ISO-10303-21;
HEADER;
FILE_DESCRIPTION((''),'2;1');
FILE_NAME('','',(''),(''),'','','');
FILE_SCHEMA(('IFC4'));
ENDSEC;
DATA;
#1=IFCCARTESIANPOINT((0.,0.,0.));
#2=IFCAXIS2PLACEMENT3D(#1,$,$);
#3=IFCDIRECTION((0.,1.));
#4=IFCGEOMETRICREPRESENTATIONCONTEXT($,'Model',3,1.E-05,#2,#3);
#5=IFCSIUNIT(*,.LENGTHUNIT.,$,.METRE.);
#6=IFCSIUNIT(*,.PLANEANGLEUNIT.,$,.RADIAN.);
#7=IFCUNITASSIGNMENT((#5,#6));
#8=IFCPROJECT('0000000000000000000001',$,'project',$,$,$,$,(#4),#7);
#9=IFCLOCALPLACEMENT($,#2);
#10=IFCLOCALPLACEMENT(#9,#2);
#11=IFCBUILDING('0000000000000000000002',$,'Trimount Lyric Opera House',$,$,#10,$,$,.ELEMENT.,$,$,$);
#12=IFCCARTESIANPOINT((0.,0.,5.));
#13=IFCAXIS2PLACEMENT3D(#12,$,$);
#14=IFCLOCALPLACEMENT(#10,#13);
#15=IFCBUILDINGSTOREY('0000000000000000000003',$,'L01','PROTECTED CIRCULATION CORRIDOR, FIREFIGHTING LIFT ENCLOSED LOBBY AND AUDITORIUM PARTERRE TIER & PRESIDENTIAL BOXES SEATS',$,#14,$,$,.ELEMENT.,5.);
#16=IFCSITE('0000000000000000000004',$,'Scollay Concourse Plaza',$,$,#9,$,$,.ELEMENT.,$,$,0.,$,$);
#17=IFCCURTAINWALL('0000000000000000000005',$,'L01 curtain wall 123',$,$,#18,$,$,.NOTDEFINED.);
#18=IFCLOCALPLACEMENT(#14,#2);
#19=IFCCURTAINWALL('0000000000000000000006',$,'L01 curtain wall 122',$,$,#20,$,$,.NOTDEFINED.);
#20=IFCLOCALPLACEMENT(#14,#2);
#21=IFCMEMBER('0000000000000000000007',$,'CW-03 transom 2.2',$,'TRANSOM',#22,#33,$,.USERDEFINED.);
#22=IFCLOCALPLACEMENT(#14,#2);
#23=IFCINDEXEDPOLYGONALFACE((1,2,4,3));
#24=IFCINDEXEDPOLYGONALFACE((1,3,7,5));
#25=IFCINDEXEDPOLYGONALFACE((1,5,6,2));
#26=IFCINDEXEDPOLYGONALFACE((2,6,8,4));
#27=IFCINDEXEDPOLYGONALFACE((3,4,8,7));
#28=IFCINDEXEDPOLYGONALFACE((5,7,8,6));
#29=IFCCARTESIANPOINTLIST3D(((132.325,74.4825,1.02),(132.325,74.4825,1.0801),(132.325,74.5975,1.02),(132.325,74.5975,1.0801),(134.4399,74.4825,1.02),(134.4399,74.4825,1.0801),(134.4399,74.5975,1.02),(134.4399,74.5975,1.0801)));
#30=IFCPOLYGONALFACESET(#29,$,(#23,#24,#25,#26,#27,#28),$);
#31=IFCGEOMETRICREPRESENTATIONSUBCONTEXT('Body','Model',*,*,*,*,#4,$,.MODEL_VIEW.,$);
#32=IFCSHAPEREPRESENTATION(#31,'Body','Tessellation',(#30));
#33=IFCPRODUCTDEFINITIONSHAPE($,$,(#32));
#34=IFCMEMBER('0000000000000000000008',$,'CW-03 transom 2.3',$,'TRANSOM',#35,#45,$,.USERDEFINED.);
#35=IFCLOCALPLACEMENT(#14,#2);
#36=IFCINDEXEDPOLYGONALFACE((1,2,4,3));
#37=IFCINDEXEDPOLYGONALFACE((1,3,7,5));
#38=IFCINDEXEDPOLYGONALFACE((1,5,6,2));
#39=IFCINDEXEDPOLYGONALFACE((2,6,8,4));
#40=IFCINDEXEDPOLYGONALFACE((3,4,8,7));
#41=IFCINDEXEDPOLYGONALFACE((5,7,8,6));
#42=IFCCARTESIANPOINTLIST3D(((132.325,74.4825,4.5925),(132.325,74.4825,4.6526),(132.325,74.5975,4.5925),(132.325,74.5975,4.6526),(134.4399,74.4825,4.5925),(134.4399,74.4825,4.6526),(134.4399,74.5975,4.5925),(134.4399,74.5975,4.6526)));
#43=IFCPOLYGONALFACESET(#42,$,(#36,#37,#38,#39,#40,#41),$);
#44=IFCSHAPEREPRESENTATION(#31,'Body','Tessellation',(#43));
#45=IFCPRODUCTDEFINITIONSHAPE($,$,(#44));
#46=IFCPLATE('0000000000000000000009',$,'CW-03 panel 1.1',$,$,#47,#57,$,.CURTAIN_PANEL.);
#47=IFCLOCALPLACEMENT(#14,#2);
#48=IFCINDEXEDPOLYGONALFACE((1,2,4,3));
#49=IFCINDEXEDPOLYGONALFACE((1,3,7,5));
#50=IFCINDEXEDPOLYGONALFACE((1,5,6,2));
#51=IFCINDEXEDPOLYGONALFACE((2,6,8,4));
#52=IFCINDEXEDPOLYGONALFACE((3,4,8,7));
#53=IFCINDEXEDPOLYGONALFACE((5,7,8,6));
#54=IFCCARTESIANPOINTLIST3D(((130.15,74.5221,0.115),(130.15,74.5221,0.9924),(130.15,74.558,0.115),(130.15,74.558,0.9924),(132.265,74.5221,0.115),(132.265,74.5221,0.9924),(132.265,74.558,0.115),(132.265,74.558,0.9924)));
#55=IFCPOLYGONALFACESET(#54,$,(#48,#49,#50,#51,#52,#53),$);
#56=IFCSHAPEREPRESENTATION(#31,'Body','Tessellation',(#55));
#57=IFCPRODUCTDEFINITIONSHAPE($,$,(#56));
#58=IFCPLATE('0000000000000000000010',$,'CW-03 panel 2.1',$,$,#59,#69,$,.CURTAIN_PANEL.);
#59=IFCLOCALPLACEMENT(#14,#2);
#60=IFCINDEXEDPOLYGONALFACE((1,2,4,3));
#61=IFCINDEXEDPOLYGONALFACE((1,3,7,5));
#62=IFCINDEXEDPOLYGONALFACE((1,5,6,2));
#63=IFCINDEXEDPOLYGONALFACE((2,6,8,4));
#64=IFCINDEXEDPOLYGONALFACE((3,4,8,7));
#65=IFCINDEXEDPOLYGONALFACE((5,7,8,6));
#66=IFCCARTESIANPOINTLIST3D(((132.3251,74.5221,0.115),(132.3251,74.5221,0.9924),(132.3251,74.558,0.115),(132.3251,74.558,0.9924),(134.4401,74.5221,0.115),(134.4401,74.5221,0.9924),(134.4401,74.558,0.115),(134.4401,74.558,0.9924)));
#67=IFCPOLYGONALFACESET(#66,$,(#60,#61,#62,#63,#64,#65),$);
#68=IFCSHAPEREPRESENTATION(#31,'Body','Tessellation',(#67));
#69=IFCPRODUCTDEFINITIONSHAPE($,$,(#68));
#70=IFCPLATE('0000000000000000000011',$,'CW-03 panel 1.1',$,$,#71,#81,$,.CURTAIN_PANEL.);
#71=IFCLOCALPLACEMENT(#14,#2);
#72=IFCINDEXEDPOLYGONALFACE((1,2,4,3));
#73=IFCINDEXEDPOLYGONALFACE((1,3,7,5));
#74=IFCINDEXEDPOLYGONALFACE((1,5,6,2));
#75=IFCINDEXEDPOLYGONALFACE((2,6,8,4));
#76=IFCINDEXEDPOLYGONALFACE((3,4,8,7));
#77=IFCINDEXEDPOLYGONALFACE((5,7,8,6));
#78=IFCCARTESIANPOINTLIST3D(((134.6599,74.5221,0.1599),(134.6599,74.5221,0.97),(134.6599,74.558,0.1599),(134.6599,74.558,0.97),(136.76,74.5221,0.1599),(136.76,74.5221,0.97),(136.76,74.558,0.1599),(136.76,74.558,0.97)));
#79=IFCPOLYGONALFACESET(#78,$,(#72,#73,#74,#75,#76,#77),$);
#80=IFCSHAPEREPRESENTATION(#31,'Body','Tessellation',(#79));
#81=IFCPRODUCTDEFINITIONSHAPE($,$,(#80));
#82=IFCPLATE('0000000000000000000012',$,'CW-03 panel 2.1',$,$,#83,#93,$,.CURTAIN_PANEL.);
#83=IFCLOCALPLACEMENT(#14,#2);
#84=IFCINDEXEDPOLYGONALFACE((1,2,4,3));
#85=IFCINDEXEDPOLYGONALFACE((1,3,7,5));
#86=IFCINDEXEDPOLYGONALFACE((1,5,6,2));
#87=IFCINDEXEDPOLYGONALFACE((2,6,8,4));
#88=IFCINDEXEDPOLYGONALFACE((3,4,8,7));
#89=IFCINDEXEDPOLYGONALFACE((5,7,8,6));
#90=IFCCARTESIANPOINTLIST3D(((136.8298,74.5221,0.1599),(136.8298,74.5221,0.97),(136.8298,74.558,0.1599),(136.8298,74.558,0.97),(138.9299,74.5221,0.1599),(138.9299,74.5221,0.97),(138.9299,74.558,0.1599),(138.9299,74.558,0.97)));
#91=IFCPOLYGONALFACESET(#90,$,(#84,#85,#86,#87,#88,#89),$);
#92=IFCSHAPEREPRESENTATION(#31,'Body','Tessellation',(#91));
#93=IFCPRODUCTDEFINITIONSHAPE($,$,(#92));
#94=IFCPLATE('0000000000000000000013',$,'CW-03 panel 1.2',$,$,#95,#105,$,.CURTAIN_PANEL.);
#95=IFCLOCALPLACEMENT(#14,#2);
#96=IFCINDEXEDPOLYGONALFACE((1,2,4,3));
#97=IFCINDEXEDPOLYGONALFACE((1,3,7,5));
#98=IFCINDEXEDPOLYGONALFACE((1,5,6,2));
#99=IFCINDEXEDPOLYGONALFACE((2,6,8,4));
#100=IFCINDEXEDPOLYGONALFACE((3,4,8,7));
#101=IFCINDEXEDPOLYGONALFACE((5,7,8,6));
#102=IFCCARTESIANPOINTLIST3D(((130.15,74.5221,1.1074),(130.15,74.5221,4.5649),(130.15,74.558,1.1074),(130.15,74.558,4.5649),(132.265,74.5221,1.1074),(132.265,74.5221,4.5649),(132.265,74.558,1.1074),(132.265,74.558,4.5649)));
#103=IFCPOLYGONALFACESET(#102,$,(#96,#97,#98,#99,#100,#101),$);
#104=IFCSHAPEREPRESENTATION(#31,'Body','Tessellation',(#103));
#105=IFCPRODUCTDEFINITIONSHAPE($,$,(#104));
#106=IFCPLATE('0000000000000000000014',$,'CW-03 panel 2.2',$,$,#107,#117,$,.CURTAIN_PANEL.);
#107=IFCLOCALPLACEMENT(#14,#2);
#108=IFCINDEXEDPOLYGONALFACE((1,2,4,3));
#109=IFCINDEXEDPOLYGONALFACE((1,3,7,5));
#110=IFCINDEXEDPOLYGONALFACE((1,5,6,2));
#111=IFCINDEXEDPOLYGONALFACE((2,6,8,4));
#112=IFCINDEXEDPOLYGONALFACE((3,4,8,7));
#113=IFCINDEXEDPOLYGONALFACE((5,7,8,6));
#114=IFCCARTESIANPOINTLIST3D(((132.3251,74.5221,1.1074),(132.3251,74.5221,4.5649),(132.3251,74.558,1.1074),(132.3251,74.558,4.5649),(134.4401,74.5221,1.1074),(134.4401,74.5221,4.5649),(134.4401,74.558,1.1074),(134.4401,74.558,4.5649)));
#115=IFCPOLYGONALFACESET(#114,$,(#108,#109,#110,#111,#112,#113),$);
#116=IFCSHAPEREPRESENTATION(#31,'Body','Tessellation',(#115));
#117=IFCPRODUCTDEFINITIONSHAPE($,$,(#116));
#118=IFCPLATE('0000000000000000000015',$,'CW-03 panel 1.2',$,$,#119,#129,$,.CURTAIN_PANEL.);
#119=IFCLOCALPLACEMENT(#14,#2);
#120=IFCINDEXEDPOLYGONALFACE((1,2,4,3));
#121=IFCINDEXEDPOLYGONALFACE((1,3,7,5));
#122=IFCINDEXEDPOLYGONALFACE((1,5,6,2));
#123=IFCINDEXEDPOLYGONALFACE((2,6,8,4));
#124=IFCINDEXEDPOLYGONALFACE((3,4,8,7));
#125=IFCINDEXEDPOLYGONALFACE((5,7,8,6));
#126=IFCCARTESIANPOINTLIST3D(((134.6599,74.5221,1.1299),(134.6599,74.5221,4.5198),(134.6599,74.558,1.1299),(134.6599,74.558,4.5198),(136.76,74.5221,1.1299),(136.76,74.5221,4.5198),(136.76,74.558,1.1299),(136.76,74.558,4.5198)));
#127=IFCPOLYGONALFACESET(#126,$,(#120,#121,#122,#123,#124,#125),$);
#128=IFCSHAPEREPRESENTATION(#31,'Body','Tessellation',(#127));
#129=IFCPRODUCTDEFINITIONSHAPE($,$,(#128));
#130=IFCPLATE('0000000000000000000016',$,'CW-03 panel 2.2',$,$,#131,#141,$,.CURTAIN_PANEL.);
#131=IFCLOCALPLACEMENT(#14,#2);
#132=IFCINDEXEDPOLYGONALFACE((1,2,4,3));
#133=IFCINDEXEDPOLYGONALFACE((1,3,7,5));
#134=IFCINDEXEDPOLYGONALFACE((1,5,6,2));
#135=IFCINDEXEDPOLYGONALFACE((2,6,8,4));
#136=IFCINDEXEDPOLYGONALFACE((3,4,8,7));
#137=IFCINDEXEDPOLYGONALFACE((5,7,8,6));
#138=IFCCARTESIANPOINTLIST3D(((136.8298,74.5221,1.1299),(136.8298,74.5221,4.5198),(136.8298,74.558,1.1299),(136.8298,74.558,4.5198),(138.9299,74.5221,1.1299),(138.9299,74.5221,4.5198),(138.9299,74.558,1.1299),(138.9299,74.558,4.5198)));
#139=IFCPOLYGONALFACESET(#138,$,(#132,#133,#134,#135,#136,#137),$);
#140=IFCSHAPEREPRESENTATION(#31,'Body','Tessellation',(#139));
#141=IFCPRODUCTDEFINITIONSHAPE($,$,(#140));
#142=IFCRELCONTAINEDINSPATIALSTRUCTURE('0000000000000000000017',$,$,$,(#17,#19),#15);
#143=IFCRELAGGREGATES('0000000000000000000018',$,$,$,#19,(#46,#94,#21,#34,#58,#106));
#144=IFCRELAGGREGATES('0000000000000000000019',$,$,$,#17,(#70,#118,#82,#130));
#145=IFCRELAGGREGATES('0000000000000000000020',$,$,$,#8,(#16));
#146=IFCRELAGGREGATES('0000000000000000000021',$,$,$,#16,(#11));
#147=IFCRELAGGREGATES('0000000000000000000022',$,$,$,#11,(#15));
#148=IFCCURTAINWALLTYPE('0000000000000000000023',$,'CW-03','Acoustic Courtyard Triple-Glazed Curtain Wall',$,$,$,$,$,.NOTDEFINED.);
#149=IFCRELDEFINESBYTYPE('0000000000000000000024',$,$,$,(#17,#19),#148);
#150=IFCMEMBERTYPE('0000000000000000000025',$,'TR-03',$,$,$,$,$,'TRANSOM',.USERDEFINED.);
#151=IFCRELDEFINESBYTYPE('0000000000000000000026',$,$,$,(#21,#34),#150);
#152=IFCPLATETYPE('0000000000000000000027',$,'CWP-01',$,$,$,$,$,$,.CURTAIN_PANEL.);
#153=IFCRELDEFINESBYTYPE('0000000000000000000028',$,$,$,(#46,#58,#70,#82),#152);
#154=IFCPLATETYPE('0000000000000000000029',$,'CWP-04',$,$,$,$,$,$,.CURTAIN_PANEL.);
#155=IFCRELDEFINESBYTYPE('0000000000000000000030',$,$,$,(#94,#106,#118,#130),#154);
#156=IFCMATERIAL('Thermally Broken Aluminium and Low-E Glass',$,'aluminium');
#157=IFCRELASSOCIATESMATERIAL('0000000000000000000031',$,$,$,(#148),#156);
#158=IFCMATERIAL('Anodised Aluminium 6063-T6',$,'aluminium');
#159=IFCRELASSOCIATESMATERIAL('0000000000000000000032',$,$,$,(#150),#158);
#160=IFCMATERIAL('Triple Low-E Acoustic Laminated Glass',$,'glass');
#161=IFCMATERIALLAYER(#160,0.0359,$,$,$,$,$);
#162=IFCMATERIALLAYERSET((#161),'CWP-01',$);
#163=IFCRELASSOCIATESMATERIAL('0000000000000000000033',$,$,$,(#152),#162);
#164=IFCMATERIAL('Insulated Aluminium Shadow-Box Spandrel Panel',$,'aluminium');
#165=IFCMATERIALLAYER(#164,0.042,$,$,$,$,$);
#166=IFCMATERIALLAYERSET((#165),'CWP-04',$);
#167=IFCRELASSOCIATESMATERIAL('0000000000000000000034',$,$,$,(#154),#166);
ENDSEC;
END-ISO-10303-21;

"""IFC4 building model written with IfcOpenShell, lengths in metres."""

from ifc_helpers import new_model, si_unit, direction, frame, origin, origin_2d, place, context, subcontext, project, spatial, rectangle, extrude, material, layer, layer_set, material_profile, profile_set, type_object, element, aggregate, save


model = new_model("IFC4")

# Units and contexts
model_context = context("Model", 3, precision=1e-05, world=origin(), true_north=direction((0.0, 1.0)))
body_context = subcontext(model_context, "Body", "Model", "MODEL_VIEW")
ifc_project = project(units=[si_unit("LENGTHUNIT", "METRE"), si_unit("PLANEANGLEUNIT", "RADIAN")], contexts=[model_context])

# Site, building, storey
site_placement = place(None, origin())
site = spatial("IfcSite", under=ifc_project, at=site_placement, Name="Scollay Concourse Plaza", CompositionType="ELEMENT", RefElevation=0.0)
building_placement = place(site_placement, origin())
building = spatial("IfcBuilding", under=site, at=building_placement, Name="Trimount Lyric Opera House", CompositionType="ELEMENT")
storey_placement = place(building_placement, frame((0.0, 0.0, 5.0)))
storey = spatial("IfcBuildingStorey", under=building, at=storey_placement, Name="L01", Description="PROTECTED CIRCULATION CORRIDOR, FIREFIGHTING LIFT ENCLOSED LOBBY AND AUDITORIUM PARTERRE TIER & PRESIDENTIAL BOXES SEATS", CompositionType="ELEMENT", Elevation=5.0)

# Curtain wall
ifc_material_1 = material(Name="Thermally Broken Aluminium and Low-E Glass", Category="aluminium")
curtain_wall_type = type_object("IfcCurtainWallType", Name="CW-03", Description="Acoustic Courtyard Triple-Glazed Curtain Wall", PredefinedType="NOTDEFINED", material=ifc_material_1)
curtain_wall_1_placement = place(storey_placement, origin())
curtain_wall_1 = element("IfcCurtainWall", 1, at=curtain_wall_1_placement, inside=storey, type_object=curtain_wall_type, Name="L01 curtain wall 123", PredefinedType="NOTDEFINED")

# Curtain wall
curtain_wall_2_placement = place(storey_placement, origin())
curtain_wall_2 = element("IfcCurtainWall", 2, at=curtain_wall_2_placement, inside=storey, type_object=curtain_wall_type, Name="L01 curtain wall 122", PredefinedType="NOTDEFINED")

# Members
ifc_material_2 = material(Name="Anodised Aluminium 6063-T6", Category="aluminium")
ifc_material_profile_1 = material_profile(ifc_material_2, rectangle(XDim=0.115, YDim=0.0601, at=origin_2d()), Name="ALU-TRAN-60X115")
ifc_profile_set_1 = profile_set([ifc_material_profile_1], Name="Anodised Aluminium 6063-T6")
member_type_1 = type_object("IfcMemberType", Name="TR-03", ElementType="TRANSOM", PredefinedType="USERDEFINED", material=ifc_profile_set_1)
member_1_placement = place(storey_placement, frame((132.325, 74.54, 1.05), z_axis=(1.0, 0.0, 0.0), x_axis=(0.0, 1.0, 0.0)))
member_1 = element("IfcMember", 3, at=member_1_placement, type_object=member_type_1, Name="CW-03 transom 2.2", ObjectType="TRANSOM", PredefinedType="USERDEFINED", context=body_context, shape_type="SweptSolid", body=[
    extrude(rectangle(XDim=0.115, YDim=0.0601, at=origin_2d()), origin(), (0.0, 0.0, 1.0), 2.115),
])
member_2_placement = place(storey_placement, frame((132.325, 74.54, 4.6226), z_axis=(1.0, 0.0, 0.0), x_axis=(0.0, 1.0, 0.0)))
member_2 = element("IfcMember", 4, at=member_2_placement, type_object=member_type_1, Name="CW-03 transom 2.3", ObjectType="TRANSOM", PredefinedType="USERDEFINED", context=body_context, shape_type="SweptSolid", body=[
    extrude(rectangle(XDim=0.115, YDim=0.0601, at=origin_2d()), origin(), (0.0, 0.0, 1.0), 2.115),
])

# Plates
ifc_material_3 = material(Name="Triple Low-E Acoustic Laminated Glass", Category="glass")
ifc_layer_1 = layer(ifc_material_3, 0.0359)
ifc_layer_set_1 = layer_set([ifc_layer_1], Name="CWP-01")
plate_type_1 = type_object("IfcPlateType", Name="CWP-01", PredefinedType="CURTAIN_PANEL", material=ifc_layer_set_1)
plate_1_placement = place(storey_placement, frame((131.2075, 74.54, 0.115), z_axis=(0.0, 0.0, 1.0), x_axis=(1.0, 0.0, 0.0)))
plate_1 = element("IfcPlate", 5, at=plate_1_placement, type_object=plate_type_1, Name="CW-03 panel 1.1", PredefinedType="CURTAIN_PANEL", context=body_context, shape_type="SweptSolid", body=[
    extrude(rectangle(XDim=2.115, YDim=0.0359, at=origin_2d()), origin(), (0.0, 0.0, 1.0), 0.8774),
])
plate_2_placement = place(storey_placement, frame((133.3826, 74.54, 0.115), z_axis=(0.0, 0.0, 1.0), x_axis=(1.0, 0.0, 0.0)))
plate_2 = element("IfcPlate", 6, at=plate_2_placement, type_object=plate_type_1, Name="CW-03 panel 2.1", PredefinedType="CURTAIN_PANEL", context=body_context, shape_type="SweptSolid", body=[
    extrude(rectangle(XDim=2.115, YDim=0.0359, at=origin_2d()), origin(), (0.0, 0.0, 1.0), 0.8774),
])
plate_3_placement = place(storey_placement, frame((135.71, 74.54, 0.1599), z_axis=(0.0, 0.0, 1.0), x_axis=(1.0, 0.0, 0.0)))
plate_3 = element("IfcPlate", 7, at=plate_3_placement, type_object=plate_type_1, Name="CW-03 panel 1.1", PredefinedType="CURTAIN_PANEL", context=body_context, shape_type="SweptSolid", body=[
    extrude(rectangle(XDim=2.1001, YDim=0.0359, at=origin_2d()), origin(), (0.0, 0.0, 1.0), 0.8101),
])
plate_4_placement = place(storey_placement, frame((137.8799, 74.54, 0.1599), z_axis=(0.0, 0.0, 1.0), x_axis=(1.0, 0.0, 0.0)))
plate_4 = element("IfcPlate", 8, at=plate_4_placement, type_object=plate_type_1, Name="CW-03 panel 2.1", PredefinedType="CURTAIN_PANEL", context=body_context, shape_type="SweptSolid", body=[
    extrude(rectangle(XDim=2.1001, YDim=0.0359, at=origin_2d()), origin(), (0.0, 0.0, 1.0), 0.8101),
])
ifc_material_4 = material(Name="Insulated Aluminium Shadow-Box Spandrel Panel", Category="aluminium")
ifc_layer_2 = layer(ifc_material_4, 0.042)
ifc_layer_set_2 = layer_set([ifc_layer_2], Name="CWP-04")
plate_type_2 = type_object("IfcPlateType", Name="CWP-04", PredefinedType="CURTAIN_PANEL", material=ifc_layer_set_2)
plate_5_placement = place(storey_placement, frame((131.2075, 74.54, 1.1074), z_axis=(0.0, 0.0, 1.0), x_axis=(1.0, 0.0, 0.0)))
plate_5 = element("IfcPlate", 9, at=plate_5_placement, type_object=plate_type_2, Name="CW-03 panel 1.2", PredefinedType="CURTAIN_PANEL", context=body_context, shape_type="SweptSolid", body=[
    extrude(rectangle(XDim=2.115, YDim=0.0359, at=origin_2d()), origin(), (0.0, 0.0, 1.0), 3.4575),
])
plate_6_placement = place(storey_placement, frame((133.3826, 74.54, 1.1074), z_axis=(0.0, 0.0, 1.0), x_axis=(1.0, 0.0, 0.0)))
plate_6 = element("IfcPlate", 10, at=plate_6_placement, type_object=plate_type_2, Name="CW-03 panel 2.2", PredefinedType="CURTAIN_PANEL", context=body_context, shape_type="SweptSolid", body=[
    extrude(rectangle(XDim=2.115, YDim=0.0359, at=origin_2d()), origin(), (0.0, 0.0, 1.0), 3.4575),
])
aggregate(curtain_wall_2, [plate_1, plate_5, member_1, member_2, plate_2, plate_6])
plate_7_placement = place(storey_placement, frame((135.71, 74.54, 1.1299), z_axis=(0.0, 0.0, 1.0), x_axis=(1.0, 0.0, 0.0)))
plate_7 = element("IfcPlate", 11, at=plate_7_placement, type_object=plate_type_2, Name="CW-03 panel 1.2", PredefinedType="CURTAIN_PANEL", context=body_context, shape_type="SweptSolid", body=[
    extrude(rectangle(XDim=2.1001, YDim=0.0359, at=origin_2d()), origin(), (0.0, 0.0, 1.0), 3.3899),
])
plate_8_placement = place(storey_placement, frame((137.8799, 74.54, 1.1299), z_axis=(0.0, 0.0, 1.0), x_axis=(1.0, 0.0, 0.0)))
plate_8 = element("IfcPlate", 12, at=plate_8_placement, type_object=plate_type_2, Name="CW-03 panel 2.2", PredefinedType="CURTAIN_PANEL", context=body_context, shape_type="SweptSolid", body=[
    extrude(rectangle(XDim=2.1001, YDim=0.0359, at=origin_2d()), origin(), (0.0, 0.0, 1.0), 3.3899),
])
aggregate(curtain_wall_1, [plate_3, plate_7, plate_4, plate_8])

save(model, "model.ifc")
